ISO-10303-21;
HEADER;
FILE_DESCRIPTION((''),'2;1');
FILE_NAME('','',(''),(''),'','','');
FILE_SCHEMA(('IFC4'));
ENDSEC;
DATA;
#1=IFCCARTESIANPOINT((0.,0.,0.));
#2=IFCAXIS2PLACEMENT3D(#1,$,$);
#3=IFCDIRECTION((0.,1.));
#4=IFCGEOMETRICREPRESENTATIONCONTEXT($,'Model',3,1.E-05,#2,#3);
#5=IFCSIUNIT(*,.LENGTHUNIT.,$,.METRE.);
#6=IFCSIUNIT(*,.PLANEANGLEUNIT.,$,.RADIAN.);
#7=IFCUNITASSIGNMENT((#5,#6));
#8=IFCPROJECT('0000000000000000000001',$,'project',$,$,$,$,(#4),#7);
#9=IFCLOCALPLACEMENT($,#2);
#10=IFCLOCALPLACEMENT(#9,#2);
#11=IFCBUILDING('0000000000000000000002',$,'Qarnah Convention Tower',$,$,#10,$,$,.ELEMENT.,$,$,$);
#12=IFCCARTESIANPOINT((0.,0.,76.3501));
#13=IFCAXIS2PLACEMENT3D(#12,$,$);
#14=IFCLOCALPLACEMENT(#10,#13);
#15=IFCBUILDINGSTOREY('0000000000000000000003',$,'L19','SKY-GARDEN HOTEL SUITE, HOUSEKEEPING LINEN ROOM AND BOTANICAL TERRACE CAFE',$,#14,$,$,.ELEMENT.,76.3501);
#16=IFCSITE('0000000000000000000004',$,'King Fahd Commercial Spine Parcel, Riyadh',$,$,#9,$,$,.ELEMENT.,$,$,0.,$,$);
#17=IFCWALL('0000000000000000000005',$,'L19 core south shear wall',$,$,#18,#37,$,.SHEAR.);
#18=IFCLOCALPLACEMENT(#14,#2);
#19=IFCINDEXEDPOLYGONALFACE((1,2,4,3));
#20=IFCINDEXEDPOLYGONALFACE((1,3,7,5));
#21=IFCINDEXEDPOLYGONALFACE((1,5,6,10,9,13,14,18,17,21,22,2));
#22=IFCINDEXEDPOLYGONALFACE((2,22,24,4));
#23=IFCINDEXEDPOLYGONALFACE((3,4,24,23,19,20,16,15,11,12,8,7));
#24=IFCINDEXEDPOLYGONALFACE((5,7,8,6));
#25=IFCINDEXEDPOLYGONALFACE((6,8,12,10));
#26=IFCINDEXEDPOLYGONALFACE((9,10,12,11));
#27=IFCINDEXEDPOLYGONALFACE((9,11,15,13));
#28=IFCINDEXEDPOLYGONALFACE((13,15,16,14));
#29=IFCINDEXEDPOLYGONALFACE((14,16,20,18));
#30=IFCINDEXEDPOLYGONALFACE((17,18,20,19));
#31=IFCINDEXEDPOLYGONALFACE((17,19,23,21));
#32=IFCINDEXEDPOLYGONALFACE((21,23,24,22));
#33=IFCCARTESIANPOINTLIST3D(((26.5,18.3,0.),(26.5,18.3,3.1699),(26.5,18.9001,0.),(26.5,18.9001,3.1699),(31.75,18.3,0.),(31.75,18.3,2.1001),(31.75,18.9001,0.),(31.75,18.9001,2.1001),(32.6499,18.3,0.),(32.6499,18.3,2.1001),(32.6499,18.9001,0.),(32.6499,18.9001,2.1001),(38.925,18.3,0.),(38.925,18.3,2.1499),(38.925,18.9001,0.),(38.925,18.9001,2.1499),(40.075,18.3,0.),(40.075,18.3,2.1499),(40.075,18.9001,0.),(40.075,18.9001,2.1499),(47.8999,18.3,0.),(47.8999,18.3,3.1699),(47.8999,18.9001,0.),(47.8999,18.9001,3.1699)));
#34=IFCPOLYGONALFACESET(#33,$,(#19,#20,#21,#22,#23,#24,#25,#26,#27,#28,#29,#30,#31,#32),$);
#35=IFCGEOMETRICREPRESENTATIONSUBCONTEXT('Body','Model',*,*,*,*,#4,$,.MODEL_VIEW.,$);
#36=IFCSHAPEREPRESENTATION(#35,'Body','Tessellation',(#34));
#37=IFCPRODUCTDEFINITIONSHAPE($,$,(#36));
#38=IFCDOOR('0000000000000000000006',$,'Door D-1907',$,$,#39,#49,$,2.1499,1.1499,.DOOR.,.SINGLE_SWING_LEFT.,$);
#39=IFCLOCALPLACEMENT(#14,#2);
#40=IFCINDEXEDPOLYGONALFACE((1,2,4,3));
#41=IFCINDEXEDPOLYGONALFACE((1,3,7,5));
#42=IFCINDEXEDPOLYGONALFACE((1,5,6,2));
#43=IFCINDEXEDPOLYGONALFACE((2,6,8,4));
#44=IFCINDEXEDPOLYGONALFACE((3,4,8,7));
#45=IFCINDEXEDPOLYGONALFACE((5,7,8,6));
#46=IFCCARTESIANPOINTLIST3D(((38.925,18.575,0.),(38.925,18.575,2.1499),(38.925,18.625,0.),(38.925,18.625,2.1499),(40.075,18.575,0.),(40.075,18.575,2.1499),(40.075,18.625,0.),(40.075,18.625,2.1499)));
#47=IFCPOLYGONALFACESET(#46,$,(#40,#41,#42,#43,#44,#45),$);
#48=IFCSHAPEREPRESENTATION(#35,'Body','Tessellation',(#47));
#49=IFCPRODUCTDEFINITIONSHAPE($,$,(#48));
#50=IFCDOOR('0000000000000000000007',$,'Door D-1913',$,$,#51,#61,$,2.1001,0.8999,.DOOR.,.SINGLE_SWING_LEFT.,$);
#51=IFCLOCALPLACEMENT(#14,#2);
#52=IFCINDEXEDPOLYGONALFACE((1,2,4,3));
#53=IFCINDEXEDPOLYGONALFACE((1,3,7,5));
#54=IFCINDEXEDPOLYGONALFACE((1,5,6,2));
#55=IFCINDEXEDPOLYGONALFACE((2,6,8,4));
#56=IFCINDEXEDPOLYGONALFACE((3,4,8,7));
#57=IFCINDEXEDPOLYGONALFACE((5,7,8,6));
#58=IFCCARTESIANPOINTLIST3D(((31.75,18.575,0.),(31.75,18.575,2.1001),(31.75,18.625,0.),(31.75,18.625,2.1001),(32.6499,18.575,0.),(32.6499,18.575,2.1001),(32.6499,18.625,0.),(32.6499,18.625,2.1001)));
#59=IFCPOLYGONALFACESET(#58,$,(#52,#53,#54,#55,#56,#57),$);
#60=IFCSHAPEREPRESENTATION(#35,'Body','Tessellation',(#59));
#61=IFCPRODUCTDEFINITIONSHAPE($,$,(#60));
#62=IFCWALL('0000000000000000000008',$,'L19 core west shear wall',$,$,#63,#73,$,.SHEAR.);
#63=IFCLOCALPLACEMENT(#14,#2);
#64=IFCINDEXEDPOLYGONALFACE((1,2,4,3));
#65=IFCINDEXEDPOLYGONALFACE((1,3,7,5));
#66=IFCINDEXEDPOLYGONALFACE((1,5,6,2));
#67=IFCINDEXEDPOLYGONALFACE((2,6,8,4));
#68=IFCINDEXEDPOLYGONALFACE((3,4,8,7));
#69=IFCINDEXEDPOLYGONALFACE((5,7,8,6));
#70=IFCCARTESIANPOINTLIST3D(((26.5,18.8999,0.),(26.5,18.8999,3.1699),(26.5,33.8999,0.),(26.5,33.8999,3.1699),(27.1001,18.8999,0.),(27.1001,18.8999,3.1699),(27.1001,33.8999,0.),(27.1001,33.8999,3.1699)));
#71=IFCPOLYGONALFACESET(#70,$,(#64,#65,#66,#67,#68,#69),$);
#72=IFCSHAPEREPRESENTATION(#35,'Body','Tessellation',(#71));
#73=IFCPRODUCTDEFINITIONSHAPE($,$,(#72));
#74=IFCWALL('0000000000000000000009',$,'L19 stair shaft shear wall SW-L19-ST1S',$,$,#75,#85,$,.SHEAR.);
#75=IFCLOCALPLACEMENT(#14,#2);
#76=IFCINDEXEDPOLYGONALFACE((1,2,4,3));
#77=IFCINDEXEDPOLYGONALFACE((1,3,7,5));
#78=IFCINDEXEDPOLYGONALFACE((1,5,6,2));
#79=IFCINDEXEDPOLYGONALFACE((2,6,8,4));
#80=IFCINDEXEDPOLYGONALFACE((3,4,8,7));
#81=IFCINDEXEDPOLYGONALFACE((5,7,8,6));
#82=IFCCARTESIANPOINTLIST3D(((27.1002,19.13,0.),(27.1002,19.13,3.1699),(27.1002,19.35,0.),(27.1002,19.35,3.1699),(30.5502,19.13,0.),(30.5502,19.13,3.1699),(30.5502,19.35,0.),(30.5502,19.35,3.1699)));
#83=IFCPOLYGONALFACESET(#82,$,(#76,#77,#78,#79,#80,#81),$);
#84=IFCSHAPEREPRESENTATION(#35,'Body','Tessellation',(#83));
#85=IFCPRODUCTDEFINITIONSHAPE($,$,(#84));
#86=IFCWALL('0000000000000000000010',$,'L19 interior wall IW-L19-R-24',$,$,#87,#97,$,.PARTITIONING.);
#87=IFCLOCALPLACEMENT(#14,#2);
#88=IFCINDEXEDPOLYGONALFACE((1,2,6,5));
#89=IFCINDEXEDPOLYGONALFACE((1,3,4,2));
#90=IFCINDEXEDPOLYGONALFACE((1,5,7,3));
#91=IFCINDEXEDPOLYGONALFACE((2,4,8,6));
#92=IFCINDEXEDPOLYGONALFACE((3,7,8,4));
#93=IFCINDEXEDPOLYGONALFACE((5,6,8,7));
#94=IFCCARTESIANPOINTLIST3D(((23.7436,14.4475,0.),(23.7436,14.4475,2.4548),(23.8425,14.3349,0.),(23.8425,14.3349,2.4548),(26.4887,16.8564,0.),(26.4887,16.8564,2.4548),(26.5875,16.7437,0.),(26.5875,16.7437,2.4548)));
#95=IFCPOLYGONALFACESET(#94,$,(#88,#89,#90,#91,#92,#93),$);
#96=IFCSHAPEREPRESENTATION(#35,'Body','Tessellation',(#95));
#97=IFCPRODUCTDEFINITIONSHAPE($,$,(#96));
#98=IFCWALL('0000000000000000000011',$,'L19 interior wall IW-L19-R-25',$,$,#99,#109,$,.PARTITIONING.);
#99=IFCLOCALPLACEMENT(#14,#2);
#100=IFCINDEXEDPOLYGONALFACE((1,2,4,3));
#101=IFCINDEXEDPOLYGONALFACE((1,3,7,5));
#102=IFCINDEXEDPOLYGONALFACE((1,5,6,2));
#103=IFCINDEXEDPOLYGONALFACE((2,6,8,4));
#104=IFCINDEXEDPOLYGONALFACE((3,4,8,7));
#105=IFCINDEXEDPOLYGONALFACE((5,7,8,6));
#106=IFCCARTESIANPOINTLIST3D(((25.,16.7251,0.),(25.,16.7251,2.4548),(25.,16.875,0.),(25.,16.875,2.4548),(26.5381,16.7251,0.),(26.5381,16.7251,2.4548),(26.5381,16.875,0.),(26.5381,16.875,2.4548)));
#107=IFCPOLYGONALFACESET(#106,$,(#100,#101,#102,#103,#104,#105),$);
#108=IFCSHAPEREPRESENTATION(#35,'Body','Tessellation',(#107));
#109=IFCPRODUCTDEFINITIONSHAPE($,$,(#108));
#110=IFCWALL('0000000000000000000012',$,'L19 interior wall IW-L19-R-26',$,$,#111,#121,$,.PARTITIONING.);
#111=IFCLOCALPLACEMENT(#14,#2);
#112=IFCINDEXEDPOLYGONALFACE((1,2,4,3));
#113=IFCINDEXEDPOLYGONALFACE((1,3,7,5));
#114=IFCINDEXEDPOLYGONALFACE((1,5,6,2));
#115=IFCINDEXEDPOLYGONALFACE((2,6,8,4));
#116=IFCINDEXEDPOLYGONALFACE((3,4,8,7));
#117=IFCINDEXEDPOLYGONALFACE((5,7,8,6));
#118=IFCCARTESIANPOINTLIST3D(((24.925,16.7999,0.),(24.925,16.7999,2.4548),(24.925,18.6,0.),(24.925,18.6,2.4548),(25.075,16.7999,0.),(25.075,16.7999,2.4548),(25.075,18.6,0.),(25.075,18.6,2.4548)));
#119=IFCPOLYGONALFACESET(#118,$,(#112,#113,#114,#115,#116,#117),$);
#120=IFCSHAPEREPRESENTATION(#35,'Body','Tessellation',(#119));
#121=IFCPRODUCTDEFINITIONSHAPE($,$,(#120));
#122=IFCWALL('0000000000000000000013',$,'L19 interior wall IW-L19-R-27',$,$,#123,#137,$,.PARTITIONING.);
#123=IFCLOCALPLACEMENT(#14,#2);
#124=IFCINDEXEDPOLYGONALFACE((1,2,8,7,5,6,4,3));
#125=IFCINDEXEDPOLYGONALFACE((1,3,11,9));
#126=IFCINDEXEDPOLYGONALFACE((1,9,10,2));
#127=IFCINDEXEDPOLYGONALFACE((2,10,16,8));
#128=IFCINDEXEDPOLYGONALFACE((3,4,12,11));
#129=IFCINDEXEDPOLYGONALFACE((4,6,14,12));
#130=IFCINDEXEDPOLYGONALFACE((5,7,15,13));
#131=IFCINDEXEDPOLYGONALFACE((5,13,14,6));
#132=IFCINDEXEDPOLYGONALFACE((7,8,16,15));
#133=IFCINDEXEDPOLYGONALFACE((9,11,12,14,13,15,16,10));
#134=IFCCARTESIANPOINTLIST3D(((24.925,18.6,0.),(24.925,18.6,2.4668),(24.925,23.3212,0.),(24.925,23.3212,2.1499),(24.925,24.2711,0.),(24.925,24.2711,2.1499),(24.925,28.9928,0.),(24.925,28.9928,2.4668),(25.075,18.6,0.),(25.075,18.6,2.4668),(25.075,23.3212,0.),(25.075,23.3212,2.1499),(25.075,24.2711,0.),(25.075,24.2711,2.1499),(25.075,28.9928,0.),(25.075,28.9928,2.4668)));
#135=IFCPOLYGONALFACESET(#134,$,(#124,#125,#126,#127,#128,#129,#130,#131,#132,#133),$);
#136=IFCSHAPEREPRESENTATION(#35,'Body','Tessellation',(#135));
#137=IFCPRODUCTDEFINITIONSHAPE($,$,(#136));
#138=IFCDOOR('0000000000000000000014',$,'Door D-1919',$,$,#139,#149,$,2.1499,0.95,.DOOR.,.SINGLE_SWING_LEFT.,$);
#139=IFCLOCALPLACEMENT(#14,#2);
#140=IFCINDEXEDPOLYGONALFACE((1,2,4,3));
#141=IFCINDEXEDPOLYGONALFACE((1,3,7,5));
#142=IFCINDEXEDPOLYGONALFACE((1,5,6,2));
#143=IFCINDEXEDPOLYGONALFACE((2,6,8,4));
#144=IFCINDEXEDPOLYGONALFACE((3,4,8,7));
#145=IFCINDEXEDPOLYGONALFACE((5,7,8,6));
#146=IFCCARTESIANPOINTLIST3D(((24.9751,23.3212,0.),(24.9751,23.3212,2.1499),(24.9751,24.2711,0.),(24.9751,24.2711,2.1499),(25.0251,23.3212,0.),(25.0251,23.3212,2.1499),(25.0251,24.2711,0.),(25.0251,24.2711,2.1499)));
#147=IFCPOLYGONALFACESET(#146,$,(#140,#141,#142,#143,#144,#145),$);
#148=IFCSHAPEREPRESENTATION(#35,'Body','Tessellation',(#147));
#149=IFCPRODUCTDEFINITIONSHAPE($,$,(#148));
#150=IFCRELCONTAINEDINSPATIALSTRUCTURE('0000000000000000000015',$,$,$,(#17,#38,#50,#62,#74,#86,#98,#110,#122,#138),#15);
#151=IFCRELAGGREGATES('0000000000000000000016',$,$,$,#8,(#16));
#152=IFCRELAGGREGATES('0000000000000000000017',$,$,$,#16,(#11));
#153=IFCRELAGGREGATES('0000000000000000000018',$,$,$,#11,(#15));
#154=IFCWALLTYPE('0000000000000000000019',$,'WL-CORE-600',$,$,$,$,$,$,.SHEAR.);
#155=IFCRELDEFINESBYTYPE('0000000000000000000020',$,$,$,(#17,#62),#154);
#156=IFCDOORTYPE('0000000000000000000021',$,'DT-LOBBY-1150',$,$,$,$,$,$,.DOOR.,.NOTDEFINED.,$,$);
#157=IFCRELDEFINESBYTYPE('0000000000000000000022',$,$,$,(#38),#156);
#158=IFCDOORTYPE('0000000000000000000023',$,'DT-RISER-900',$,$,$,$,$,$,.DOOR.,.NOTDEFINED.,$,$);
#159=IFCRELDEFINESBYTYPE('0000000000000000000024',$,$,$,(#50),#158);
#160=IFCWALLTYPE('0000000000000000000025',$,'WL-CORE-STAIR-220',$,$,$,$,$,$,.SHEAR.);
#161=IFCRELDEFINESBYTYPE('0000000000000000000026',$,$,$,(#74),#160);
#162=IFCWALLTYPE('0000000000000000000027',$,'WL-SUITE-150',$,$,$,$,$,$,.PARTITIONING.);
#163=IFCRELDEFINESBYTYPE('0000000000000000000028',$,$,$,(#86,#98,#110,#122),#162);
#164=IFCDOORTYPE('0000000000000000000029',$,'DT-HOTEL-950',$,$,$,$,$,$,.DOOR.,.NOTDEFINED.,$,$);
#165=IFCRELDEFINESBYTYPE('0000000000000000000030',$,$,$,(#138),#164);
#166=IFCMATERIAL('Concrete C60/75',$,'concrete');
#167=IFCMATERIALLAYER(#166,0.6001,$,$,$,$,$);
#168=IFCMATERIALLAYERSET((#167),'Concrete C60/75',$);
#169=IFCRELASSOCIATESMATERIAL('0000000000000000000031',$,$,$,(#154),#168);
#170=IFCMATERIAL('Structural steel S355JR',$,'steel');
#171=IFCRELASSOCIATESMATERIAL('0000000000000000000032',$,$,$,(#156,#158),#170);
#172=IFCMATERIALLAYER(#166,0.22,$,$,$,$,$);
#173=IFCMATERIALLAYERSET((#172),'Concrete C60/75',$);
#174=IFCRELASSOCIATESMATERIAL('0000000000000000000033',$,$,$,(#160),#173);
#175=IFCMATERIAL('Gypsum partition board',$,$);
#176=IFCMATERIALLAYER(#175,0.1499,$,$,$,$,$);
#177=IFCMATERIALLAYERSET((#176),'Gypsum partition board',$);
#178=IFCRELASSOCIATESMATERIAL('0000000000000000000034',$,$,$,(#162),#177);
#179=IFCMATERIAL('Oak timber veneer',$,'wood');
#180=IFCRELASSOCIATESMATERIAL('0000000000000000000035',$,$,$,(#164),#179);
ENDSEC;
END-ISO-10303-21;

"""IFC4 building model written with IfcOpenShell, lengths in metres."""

from ifc_helpers import new_model, si_unit, direction, frame, frame_2d, origin, place, context, subcontext, project, spatial, rectangle, extrude, material, layer, layer_set, type_object, element, fill, save


model = new_model("IFC4")

# Units and contexts
model_context = context("Model", 3, precision=1e-05, world=origin(), true_north=direction((0.0, 1.0)))
body_context = subcontext(model_context, "Body", "Model", "MODEL_VIEW")
ifc_project = project(units=[si_unit("LENGTHUNIT", "METRE"), si_unit("PLANEANGLEUNIT", "RADIAN")], contexts=[model_context])

# Site, building, storey
site_placement = place(None, origin())
site = spatial("IfcSite", under=ifc_project, at=site_placement, Name="King Fahd Commercial Spine Parcel, Riyadh", CompositionType="ELEMENT", RefElevation=0.0)
building_placement = place(site_placement, origin())
building = spatial("IfcBuilding", under=site, at=building_placement, Name="Qarnah Convention Tower", CompositionType="ELEMENT")
storey_placement = place(building_placement, frame((0.0, 0.0, 76.3501)))
storey = spatial("IfcBuildingStorey", under=building, at=storey_placement, Name="L19", Description="SKY-GARDEN HOTEL SUITE, HOUSEKEEPING LINEN ROOM AND BOTANICAL TERRACE CAFE", CompositionType="ELEMENT", Elevation=76.3501)

# Shared definitions
ifc_material_1 = material(Name="Concrete C60/75", Category="concrete")

# Shared definitions
ifc_material_2 = material(Name="Structural steel S355JR", Category="steel")

# Wall, openings, doors
ifc_layer_1 = layer(ifc_material_1, 0.6001)
ifc_layer_set_1 = layer_set([ifc_layer_1], Name="Concrete C60/75")
wall_type_1 = type_object("IfcWallType", Name="WL-CORE-600", PredefinedType="SHEAR", material=ifc_layer_set_1)
wall_1_placement = place(storey_placement, frame((26.5, 18.6001, 0.0), z_axis=(0.0, 0.0, 1.0), x_axis=(1.0, 0.0, 0.0)))
wall_1 = element("IfcWall", 1, at=wall_1_placement, inside=storey, type_object=wall_type_1, Name="L19 core south shear wall", PredefinedType="SHEAR", context=body_context, shape_type="SweptSolid", body=[
    extrude(rectangle(XDim=21.3999, YDim=0.6001, at=frame_2d((10.7, 0.0))), origin(), (0.0, 0.0, 1.0), 3.1699),
])
opening_1_placement = place(wall_1_placement, frame((12.425, 0.0, 0.0)))
opening_1 = element("IfcOpeningElement", 2, at=opening_1_placement, cuts=wall_1, PredefinedType="OPENING", context=body_context, shape_type="SweptSolid", body=[
    extrude(rectangle(XDim=1.1499, YDim=2.1499, at=frame_2d((0.575, 1.075))), frame((0.0, 0.3101, 0.0), z_axis=(0.0, -1.0, 0.0), x_axis=(1.0, 0.0, 0.0)), (0.0, 0.0, 1.0), 0.6201),
])
opening_2_placement = place(wall_1_placement, frame((5.25, 0.0, 0.0)))
opening_2 = element("IfcOpeningElement", 3, at=opening_2_placement, cuts=wall_1, PredefinedType="OPENING", context=body_context, shape_type="SweptSolid", body=[
    extrude(rectangle(XDim=0.8999, YDim=2.1001, at=frame_2d((0.45, 1.05))), frame((0.0, 0.3101, 0.0), z_axis=(0.0, -1.0, 0.0), x_axis=(1.0, 0.0, 0.0)), (0.0, 0.0, 1.0), 0.6201),
])
door_type_1 = type_object("IfcDoorType", Name="DT-LOBBY-1150", OperationType="NOTDEFINED", PredefinedType="DOOR", material=ifc_material_2)
door_1_placement = place(opening_1_placement, origin())
door_1 = element("IfcDoor", 4, at=door_1_placement, inside=storey, type_object=door_type_1, Name="Door D-1907", OperationType="SINGLE_SWING_LEFT", OverallHeight=2.1499, OverallWidth=1.1499, PredefinedType="DOOR", context=body_context, shape_type="SweptSolid", body=[
    extrude(rectangle(XDim=1.1499, YDim=2.1499, at=frame_2d((0.575, 1.075))), frame((0.0, 0.0249, 0.0), z_axis=(0.0, -1.0, 0.0), x_axis=(1.0, 0.0, 0.0)), (0.0, 0.0, 1.0), 0.05),
])
fill(opening_1, door_1)
door_type_2 = type_object("IfcDoorType", Name="DT-RISER-900", OperationType="NOTDEFINED", PredefinedType="DOOR", material=ifc_material_2)
door_2_placement = place(opening_2_placement, origin())
door_2 = element("IfcDoor", 5, at=door_2_placement, inside=storey, type_object=door_type_2, Name="Door D-1913", OperationType="SINGLE_SWING_LEFT", OverallHeight=2.1001, OverallWidth=0.8999, PredefinedType="DOOR", context=body_context, shape_type="SweptSolid", body=[
    extrude(rectangle(XDim=0.8999, YDim=2.1001, at=frame_2d((0.45, 1.05))), frame((0.0, 0.0249, 0.0), z_axis=(0.0, -1.0, 0.0), x_axis=(1.0, 0.0, 0.0)), (0.0, 0.0, 1.0), 0.05),
])
fill(opening_2, door_2)

# Walls
wall_2_placement = place(storey_placement, frame((26.8, 18.8999, 0.0), z_axis=(0.0, 0.0, 1.0), x_axis=(0.0, 1.0, 0.0)))
element("IfcWall", 6, at=wall_2_placement, inside=storey, type_object=wall_type_1, Name="L19 core west shear wall", PredefinedType="SHEAR", context=body_context, shape_type="SweptSolid", body=[
    extrude(rectangle(XDim=15.0, YDim=0.6001, at=frame_2d((7.5, 0.0))), origin(), (0.0, 0.0, 1.0), 3.1699),
])
ifc_layer_2 = layer(ifc_material_1, 0.22)
ifc_layer_set_2 = layer_set([ifc_layer_2], Name="Concrete C60/75")
wall_type_2 = type_object("IfcWallType", Name="WL-CORE-STAIR-220", PredefinedType="SHEAR", material=ifc_layer_set_2)
wall_3_placement = place(storey_placement, frame((27.1001, 19.24, 0.0), z_axis=(0.0, 0.0, 1.0), x_axis=(1.0, 0.0, 0.0)))
element("IfcWall", 7, at=wall_3_placement, inside=storey, type_object=wall_type_2, Name="L19 stair shaft shear wall SW-L19-ST1S", PredefinedType="SHEAR", context=body_context, shape_type="SweptSolid", body=[
    extrude(rectangle(XDim=3.45, YDim=0.22, at=frame_2d((1.7251, 0.0))), origin(), (0.0, 0.0, 1.0), 3.1699),
])
ifc_material_3 = material(Name="Gypsum partition board")
ifc_layer_3 = layer(ifc_material_3, 0.1499)
ifc_layer_set_3 = layer_set([ifc_layer_3], Name="Gypsum partition board")
wall_type_3 = type_object("IfcWallType", Name="WL-SUITE-150", PredefinedType="PARTITIONING", material=ifc_layer_set_3)
wall_4_placement = place(storey_placement, frame((23.793, 14.3911, 0.0), z_axis=(0.0, 0.0, 1.0), x_axis=(0.751632, 0.659583, 0.0)))
element("IfcWall", 8, at=wall_4_placement, inside=storey, type_object=wall_type_3, Name="L19 interior wall IW-L19-R-24", PredefinedType="PARTITIONING", context=body_context, shape_type="SweptSolid", body=[
    extrude(rectangle(XDim=3.6521, YDim=0.1499, at=frame_2d((1.8262, 0.0))), origin(), (0.0, 0.0, 1.0), 2.4548),
])
wall_5_placement = place(storey_placement, frame((26.5381, 16.8, 0.0), z_axis=(0.0, 0.0, 1.0), x_axis=(-1.0, 0.0, 0.0)))
element("IfcWall", 9, at=wall_5_placement, inside=storey, type_object=wall_type_3, Name="L19 interior wall IW-L19-R-25", PredefinedType="PARTITIONING", context=body_context, shape_type="SweptSolid", body=[
    extrude(rectangle(XDim=1.5381, YDim=0.1499, at=frame_2d((0.769, 0.0))), origin(), (0.0, 0.0, 1.0), 2.4548),
])
wall_6_placement = place(storey_placement, frame((25.0, 16.8, 0.0), z_axis=(0.0, 0.0, 1.0), x_axis=(0.0, 1.0, 0.0)))
element("IfcWall", 10, at=wall_6_placement, inside=storey, type_object=wall_type_3, Name="L19 interior wall IW-L19-R-26", PredefinedType="PARTITIONING", context=body_context, shape_type="SweptSolid", body=[
    extrude(rectangle(XDim=1.8, YDim=0.1499, at=frame_2d((0.8999, 0.0))), origin(), (0.0, 0.0, 1.0), 2.4548),
])

# Wall, opening, door
wall_7_placement = place(storey_placement, frame((25.0, 18.6001, 0.0), z_axis=(0.0, 0.0, 1.0), x_axis=(0.0, 1.0, 0.0)))
wall_7 = element("IfcWall", 11, at=wall_7_placement, inside=storey, type_object=wall_type_3, Name="L19 interior wall IW-L19-R-27", PredefinedType="PARTITIONING", context=body_context, shape_type="SweptSolid", body=[
    extrude(rectangle(XDim=10.3928, YDim=0.1499, at=frame_2d((5.1963, 0.0))), origin(), (0.0, 0.0, 1.0), 2.4668),
])
opening_3_placement = place(wall_7_placement, frame((4.7209, 0.0, 0.0)))
opening_3 = element("IfcOpeningElement", 12, at=opening_3_placement, cuts=wall_7, PredefinedType="OPENING", context=body_context, shape_type="SweptSolid", body=[
    extrude(rectangle(XDim=0.95, YDim=2.1499, at=frame_2d((0.4751, 1.075))), frame((0.0, 0.085, 0.0), z_axis=(0.0, -1.0, 0.0), x_axis=(1.0, 0.0, 0.0)), (0.0, 0.0, 1.0), 0.1699),
])
ifc_material_4 = material(Name="Oak timber veneer", Category="wood")
door_type_3 = type_object("IfcDoorType", Name="DT-HOTEL-950", OperationType="NOTDEFINED", PredefinedType="DOOR", material=ifc_material_4)
door_3_placement = place(opening_3_placement, origin())
door_3 = element("IfcDoor", 13, at=door_3_placement, inside=storey, type_object=door_type_3, Name="Door D-1919", OperationType="SINGLE_SWING_LEFT", OverallHeight=2.1499, OverallWidth=0.95, PredefinedType="DOOR", context=body_context, shape_type="SweptSolid", body=[
    extrude(rectangle(XDim=0.95, YDim=2.1499, at=frame_2d((0.4751, 1.075))), frame((0.0, 0.0249, 0.0), z_axis=(0.0, -1.0, 0.0), x_axis=(1.0, 0.0, 0.0)), (0.0, 0.0, 1.0), 0.05),
])
fill(opening_3, door_3)

save(model, "model.ifc")
